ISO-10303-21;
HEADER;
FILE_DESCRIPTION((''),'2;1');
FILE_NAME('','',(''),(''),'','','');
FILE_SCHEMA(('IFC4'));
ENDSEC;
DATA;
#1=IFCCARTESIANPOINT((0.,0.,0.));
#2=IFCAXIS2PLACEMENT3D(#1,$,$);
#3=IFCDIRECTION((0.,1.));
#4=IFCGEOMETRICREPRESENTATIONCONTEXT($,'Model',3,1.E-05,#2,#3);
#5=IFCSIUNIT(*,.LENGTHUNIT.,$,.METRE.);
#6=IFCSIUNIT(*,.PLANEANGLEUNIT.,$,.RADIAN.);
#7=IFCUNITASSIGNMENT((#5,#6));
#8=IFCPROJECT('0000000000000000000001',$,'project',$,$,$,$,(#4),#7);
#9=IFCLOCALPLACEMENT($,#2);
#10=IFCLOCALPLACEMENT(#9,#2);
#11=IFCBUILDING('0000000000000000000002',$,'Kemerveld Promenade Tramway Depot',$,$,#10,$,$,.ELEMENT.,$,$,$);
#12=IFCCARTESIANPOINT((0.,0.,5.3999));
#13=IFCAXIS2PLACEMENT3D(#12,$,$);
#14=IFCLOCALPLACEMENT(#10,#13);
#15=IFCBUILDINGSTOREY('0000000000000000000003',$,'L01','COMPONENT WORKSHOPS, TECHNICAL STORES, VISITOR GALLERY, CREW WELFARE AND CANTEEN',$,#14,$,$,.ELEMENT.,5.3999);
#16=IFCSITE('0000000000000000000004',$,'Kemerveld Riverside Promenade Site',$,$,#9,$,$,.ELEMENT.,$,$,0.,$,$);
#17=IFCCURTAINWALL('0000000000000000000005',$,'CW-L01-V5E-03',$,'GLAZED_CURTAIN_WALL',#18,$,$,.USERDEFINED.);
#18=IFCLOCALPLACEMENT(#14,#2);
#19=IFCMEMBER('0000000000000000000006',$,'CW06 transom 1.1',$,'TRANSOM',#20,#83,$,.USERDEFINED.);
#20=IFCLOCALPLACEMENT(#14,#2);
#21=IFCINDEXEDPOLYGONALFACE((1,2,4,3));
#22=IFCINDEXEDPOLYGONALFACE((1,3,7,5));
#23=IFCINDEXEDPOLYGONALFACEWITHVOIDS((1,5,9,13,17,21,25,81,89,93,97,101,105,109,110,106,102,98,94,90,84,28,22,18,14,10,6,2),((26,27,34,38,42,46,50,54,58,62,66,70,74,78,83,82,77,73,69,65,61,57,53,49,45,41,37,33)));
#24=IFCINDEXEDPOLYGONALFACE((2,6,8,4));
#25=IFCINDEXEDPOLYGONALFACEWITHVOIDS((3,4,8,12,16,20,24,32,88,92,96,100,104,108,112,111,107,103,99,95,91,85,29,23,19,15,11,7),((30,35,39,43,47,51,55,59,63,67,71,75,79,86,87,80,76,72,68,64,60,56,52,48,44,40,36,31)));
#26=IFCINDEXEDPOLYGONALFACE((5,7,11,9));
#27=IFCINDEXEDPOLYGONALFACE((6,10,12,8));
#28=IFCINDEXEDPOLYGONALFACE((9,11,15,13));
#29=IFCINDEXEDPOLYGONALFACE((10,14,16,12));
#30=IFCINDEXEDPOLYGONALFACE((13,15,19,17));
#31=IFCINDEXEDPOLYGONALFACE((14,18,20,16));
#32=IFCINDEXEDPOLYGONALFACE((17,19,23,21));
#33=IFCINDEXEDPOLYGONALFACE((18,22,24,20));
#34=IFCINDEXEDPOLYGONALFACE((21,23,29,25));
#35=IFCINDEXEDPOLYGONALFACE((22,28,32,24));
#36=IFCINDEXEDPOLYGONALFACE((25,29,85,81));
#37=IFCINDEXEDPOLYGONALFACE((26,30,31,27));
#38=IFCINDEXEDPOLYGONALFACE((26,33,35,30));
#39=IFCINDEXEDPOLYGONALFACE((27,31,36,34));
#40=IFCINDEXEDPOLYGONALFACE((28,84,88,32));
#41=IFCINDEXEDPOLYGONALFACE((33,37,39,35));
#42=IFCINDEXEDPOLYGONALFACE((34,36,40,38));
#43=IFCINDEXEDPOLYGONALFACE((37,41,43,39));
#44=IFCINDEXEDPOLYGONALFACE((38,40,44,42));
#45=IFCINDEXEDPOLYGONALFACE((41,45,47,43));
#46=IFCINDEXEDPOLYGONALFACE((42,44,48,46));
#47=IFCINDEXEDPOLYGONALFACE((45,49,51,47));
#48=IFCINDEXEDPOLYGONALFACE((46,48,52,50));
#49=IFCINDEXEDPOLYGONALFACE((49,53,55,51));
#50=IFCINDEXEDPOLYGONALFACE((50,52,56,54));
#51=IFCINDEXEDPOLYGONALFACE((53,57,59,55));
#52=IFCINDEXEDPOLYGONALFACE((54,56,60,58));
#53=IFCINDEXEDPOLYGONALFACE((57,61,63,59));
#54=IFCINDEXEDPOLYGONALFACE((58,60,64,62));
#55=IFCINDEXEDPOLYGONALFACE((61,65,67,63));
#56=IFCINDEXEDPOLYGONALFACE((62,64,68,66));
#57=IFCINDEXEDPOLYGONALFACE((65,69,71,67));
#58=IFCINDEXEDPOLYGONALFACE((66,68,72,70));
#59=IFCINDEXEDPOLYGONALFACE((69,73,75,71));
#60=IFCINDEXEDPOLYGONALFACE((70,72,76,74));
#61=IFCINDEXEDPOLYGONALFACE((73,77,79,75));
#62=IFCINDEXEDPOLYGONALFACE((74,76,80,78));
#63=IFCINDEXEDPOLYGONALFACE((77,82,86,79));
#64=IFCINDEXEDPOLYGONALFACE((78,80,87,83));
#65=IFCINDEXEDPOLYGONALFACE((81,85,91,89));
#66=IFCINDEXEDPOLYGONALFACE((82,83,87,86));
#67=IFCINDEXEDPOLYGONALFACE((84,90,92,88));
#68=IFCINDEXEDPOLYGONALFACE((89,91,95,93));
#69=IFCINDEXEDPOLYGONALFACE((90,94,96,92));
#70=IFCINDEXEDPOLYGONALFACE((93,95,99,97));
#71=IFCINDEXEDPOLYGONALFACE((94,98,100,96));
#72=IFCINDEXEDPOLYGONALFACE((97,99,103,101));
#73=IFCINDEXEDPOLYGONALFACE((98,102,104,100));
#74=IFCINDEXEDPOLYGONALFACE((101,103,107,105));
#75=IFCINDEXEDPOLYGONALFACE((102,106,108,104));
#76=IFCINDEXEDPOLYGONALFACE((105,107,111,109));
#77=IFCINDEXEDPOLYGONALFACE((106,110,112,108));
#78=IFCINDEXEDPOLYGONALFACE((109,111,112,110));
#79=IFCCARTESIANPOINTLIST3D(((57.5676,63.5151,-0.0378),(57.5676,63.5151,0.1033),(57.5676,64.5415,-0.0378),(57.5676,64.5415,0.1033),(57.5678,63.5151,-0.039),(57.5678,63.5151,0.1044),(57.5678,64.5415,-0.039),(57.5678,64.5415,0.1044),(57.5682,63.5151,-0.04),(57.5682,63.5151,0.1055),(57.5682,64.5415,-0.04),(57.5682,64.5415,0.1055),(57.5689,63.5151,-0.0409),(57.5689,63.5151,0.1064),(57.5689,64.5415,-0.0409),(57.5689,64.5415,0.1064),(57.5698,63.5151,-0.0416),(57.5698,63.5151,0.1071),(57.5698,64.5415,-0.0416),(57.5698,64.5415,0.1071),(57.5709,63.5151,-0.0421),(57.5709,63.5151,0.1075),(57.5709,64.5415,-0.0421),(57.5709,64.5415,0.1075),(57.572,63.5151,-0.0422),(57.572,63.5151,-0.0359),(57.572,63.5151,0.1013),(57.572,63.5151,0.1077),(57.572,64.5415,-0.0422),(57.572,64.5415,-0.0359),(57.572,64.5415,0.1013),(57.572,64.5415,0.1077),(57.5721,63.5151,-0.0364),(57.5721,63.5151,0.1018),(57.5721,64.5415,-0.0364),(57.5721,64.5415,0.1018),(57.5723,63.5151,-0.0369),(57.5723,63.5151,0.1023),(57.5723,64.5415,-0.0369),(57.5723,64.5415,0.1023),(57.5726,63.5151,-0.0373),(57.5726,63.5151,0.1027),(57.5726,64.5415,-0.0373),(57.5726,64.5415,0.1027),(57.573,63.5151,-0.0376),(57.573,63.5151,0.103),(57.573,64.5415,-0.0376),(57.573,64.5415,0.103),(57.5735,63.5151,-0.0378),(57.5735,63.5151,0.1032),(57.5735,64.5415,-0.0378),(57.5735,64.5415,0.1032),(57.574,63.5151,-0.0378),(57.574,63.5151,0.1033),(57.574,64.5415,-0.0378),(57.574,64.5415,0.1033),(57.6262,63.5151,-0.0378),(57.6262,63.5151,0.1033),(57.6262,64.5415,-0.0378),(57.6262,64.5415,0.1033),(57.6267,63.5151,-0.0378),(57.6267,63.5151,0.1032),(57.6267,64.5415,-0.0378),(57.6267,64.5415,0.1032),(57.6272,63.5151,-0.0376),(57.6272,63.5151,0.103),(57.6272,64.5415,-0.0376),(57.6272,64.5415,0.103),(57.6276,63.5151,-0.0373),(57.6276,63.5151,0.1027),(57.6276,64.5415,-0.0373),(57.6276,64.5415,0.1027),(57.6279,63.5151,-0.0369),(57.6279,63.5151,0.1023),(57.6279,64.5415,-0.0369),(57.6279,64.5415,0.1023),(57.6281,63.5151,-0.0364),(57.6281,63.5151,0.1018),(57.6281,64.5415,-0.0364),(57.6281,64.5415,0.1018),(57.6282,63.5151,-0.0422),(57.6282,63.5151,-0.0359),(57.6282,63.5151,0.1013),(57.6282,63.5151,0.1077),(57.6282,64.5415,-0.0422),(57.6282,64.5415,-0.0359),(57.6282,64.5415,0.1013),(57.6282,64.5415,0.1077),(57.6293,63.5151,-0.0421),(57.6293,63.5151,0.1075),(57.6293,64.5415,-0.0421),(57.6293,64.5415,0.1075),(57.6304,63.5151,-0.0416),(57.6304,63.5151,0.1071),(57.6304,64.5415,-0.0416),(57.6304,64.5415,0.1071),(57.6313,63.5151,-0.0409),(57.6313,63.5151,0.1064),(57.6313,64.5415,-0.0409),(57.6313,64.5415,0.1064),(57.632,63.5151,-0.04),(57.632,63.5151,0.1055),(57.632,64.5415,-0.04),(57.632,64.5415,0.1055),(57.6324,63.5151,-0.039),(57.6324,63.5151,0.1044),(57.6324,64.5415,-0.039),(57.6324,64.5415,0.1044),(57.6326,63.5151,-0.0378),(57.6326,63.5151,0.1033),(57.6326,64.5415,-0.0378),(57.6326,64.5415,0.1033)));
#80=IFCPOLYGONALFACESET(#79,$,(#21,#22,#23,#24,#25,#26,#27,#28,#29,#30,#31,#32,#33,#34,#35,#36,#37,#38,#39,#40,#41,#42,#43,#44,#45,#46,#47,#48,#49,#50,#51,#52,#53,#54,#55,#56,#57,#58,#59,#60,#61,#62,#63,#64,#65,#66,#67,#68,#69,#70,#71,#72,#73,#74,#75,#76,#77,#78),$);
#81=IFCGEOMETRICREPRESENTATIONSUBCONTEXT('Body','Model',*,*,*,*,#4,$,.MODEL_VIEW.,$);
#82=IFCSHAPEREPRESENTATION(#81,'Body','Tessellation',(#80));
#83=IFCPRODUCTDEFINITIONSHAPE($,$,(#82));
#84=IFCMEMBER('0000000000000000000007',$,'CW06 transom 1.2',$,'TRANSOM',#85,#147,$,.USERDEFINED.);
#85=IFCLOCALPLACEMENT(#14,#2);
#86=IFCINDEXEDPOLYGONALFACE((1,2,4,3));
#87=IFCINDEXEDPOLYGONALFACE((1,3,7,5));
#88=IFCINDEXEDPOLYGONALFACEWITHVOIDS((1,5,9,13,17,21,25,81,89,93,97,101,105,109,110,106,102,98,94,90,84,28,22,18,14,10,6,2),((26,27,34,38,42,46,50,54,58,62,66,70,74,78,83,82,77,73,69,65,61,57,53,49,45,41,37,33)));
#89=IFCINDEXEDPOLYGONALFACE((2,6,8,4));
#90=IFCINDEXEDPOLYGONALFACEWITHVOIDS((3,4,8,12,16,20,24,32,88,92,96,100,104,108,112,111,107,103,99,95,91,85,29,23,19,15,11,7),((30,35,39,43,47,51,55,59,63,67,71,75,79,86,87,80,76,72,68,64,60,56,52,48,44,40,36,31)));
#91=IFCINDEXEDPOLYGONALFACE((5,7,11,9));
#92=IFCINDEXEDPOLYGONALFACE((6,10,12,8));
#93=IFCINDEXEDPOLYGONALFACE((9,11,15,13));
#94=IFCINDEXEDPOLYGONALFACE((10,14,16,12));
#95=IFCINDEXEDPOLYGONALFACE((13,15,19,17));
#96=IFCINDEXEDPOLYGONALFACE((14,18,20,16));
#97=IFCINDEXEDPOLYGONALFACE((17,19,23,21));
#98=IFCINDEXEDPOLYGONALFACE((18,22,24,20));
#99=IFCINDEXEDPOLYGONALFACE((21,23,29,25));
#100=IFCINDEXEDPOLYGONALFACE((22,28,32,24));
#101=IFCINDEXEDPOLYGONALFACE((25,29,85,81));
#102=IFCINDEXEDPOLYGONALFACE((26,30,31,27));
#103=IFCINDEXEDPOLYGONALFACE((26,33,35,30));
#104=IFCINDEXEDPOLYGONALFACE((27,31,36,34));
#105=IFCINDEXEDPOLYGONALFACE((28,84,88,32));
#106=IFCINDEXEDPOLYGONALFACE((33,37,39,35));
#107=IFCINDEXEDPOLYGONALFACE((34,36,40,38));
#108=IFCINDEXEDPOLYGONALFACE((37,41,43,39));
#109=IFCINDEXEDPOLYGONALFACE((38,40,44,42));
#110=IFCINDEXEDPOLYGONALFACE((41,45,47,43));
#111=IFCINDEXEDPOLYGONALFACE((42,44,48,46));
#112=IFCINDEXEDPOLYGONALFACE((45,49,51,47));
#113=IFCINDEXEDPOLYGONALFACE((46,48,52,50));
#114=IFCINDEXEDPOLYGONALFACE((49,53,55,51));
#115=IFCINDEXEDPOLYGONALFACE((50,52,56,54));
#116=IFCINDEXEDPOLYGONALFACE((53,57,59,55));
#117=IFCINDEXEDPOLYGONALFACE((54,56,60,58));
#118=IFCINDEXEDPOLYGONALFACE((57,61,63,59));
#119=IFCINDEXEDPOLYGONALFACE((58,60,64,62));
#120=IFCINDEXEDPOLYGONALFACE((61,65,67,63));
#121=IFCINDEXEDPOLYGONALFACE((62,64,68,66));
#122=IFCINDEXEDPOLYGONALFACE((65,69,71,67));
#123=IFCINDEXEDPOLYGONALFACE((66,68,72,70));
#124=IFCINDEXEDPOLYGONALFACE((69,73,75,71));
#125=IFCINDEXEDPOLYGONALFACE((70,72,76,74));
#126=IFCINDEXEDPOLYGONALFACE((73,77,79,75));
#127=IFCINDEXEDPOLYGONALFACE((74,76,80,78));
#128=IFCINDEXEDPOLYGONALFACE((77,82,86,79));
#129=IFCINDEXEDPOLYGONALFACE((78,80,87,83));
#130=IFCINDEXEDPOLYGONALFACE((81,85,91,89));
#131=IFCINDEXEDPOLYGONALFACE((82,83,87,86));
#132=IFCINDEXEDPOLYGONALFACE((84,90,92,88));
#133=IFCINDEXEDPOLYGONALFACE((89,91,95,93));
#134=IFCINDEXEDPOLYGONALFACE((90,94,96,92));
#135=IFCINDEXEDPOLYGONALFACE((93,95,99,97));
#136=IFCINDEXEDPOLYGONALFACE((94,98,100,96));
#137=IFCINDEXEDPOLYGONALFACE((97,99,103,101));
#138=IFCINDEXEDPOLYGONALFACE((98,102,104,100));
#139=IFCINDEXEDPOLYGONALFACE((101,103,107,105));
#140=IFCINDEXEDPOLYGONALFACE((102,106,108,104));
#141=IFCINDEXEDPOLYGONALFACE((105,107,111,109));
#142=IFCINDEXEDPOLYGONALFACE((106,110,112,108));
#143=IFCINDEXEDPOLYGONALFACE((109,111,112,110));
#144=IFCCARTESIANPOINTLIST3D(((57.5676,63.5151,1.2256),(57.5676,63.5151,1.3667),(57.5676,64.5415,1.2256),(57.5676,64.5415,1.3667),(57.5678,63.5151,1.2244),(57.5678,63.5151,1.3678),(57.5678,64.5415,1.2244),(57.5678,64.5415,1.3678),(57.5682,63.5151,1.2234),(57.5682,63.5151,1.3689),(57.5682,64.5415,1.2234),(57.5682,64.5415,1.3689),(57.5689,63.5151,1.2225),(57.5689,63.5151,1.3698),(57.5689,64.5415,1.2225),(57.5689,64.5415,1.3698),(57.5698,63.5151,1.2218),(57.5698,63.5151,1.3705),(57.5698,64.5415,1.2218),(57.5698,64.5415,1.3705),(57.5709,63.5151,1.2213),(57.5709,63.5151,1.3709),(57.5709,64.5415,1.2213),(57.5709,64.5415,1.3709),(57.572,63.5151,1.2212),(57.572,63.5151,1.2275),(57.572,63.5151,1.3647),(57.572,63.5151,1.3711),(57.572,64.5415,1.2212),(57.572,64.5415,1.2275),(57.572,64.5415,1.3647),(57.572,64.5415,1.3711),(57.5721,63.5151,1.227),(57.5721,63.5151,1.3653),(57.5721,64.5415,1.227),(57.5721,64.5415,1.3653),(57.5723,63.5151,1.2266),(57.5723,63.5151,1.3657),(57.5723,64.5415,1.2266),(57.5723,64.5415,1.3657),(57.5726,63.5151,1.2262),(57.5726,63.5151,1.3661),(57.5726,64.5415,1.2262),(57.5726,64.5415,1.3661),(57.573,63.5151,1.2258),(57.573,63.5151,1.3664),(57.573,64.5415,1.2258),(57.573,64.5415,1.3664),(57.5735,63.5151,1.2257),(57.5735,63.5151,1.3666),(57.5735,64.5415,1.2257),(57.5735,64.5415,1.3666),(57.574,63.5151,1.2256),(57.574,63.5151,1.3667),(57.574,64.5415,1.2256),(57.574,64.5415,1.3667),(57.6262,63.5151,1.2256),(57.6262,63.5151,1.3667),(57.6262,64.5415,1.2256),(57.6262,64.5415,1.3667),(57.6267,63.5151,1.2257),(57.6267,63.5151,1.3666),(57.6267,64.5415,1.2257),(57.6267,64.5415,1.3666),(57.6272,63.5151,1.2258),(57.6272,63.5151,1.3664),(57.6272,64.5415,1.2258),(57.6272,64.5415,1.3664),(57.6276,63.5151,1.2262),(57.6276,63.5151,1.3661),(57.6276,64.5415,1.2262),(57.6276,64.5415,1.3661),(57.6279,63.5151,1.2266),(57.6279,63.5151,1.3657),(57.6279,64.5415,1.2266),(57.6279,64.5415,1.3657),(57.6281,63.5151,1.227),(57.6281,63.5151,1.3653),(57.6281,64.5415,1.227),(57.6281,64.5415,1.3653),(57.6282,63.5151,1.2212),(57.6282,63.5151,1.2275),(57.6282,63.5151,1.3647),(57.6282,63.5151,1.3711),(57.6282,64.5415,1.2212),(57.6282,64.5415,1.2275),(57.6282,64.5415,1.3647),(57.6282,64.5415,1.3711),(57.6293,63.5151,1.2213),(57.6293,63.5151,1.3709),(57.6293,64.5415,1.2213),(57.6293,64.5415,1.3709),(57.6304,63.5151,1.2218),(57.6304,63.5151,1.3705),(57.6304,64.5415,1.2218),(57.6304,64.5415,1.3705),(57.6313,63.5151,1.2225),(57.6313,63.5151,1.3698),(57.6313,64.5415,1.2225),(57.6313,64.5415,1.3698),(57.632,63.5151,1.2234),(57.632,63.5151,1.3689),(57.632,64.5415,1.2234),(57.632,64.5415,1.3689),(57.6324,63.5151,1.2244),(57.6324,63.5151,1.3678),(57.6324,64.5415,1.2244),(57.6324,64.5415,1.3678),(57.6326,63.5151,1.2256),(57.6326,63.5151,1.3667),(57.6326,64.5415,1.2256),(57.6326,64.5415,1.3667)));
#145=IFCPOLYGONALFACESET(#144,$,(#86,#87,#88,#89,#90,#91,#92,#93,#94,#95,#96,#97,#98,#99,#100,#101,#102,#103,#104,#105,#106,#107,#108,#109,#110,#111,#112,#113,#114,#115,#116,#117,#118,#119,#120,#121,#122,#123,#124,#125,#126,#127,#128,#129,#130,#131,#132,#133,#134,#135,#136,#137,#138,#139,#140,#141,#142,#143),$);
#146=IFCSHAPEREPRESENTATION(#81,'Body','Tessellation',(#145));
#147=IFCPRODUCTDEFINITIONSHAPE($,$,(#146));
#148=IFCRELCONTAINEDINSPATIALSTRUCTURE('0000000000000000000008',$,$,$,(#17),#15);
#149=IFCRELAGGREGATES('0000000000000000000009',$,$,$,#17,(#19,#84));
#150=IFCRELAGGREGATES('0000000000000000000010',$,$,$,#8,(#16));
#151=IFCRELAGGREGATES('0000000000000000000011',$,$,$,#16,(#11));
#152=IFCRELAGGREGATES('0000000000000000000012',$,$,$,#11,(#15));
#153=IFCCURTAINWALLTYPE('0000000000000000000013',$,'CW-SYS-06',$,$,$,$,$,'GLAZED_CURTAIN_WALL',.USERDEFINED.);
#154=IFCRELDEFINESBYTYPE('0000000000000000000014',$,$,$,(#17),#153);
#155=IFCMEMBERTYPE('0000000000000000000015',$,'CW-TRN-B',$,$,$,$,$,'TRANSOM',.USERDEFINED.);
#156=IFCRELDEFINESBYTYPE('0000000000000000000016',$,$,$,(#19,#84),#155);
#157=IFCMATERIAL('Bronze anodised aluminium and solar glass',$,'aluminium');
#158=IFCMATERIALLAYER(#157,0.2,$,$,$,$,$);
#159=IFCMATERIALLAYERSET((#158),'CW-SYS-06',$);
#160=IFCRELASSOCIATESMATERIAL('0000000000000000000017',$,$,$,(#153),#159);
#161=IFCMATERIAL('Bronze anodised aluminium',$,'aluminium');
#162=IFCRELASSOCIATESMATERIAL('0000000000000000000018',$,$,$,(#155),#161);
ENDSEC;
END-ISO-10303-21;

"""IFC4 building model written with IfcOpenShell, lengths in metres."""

from ifc_helpers import new_model, si_unit, direction, frame, origin, origin_2d, place, context, subcontext, project, spatial, hollow_rectangle, extrude, material, layer, layer_set, material_profile, profile_set, type_object, element, aggregate, save


model = new_model("IFC4")

# Units and contexts
model_context = context("Model", 3, precision=1e-05, world=origin(), true_north=direction((0.0, 1.0)))
body_context = subcontext(model_context, "Body", "Model", "MODEL_VIEW")
ifc_project = project(units=[si_unit("LENGTHUNIT", "METRE"), si_unit("PLANEANGLEUNIT", "RADIAN")], contexts=[model_context])

# Site, building, storey
site_placement = place(None, origin())
site = spatial("IfcSite", under=ifc_project, at=site_placement, Name="Kemerveld Riverside Promenade Site", CompositionType="ELEMENT", RefElevation=0.0)
building_placement = place(site_placement, origin())
building = spatial("IfcBuilding", under=site, at=building_placement, Name="Kemerveld Promenade Tramway Depot", CompositionType="ELEMENT")
storey_placement = place(building_placement, frame((0.0, 0.0, 5.3999)))
storey = spatial("IfcBuildingStorey", under=building, at=storey_placement, Name="L01", Description="COMPONENT WORKSHOPS, TECHNICAL STORES, VISITOR GALLERY, CREW WELFARE AND CANTEEN", CompositionType="ELEMENT", Elevation=5.3999)

# Shared definitions
ifc_material_1 = material(Name="Bronze anodised aluminium and solar glass", Category="aluminium")
ifc_material_2 = material(Name="Bronze anodised aluminium", Category="aluminium")

# Curtain wall
ifc_layer_1 = layer(ifc_material_1, 0.2)
ifc_layer_set_1 = layer_set([ifc_layer_1], Name="CW-SYS-06")
curtain_wall_type_1 = type_object("IfcCurtainWallType", Name="CW-SYS-06", ElementType="GLAZED_CURTAIN_WALL", PredefinedType="USERDEFINED", material=ifc_layer_set_1)
curtain_wall_1_placement = place(storey_placement, origin())
curtain_wall_1 = element("IfcCurtainWall", 1, at=curtain_wall_1_placement, inside=storey, type_object=curtain_wall_type_1, Name="CW-L01-V5E-03", ObjectType="GLAZED_CURTAIN_WALL", PredefinedType="USERDEFINED")

# Members
ifc_material_profile_1 = material_profile(ifc_material_2, hollow_rectangle(XDim=0.0649, YDim=0.1499, WallThickness=0.0044, InnerFilletRadius=0.002, OuterFilletRadius=0.0044, at=origin_2d()), Name="CW-TRN-150x65")
ifc_profile_set_1 = profile_set([ifc_material_profile_1], Name="Bronze anodised aluminium")
member_type_1 = type_object("IfcMemberType", Name="CW-TRN-B", ElementType="TRANSOM", PredefinedType="USERDEFINED", material=ifc_profile_set_1)
member_1_placement = place(storey_placement, frame((57.6001, 64.5415, 0.0327), z_axis=(0.0, -1.0, 0.0), x_axis=(1.0, 0.0, 0.0)))
member_1 = element("IfcMember", 2, at=member_1_placement, type_object=member_type_1, Name="CW06 transom 1.1", ObjectType="TRANSOM", PredefinedType="USERDEFINED", context=body_context, shape_type="SweptSolid", body=[
    extrude(hollow_rectangle(XDim=0.0649, YDim=0.1499, WallThickness=0.0044, InnerFilletRadius=0.002, OuterFilletRadius=0.0044, at=origin_2d()), origin(), (0.0, 0.0, 1.0), 1.0264),
])
member_2_placement = place(storey_placement, frame((57.6001, 64.5415, 1.2961), z_axis=(0.0, -1.0, 0.0), x_axis=(1.0, 0.0, 0.0)))
member_2 = element("IfcMember", 3, at=member_2_placement, type_object=member_type_1, Name="CW06 transom 1.2", ObjectType="TRANSOM", PredefinedType="USERDEFINED", context=body_context, shape_type="SweptSolid", body=[
    extrude(hollow_rectangle(XDim=0.0649, YDim=0.1499, WallThickness=0.0044, InnerFilletRadius=0.002, OuterFilletRadius=0.0044, at=origin_2d()), origin(), (0.0, 0.0, 1.0), 1.0264),
])

aggregate(curtain_wall_1, [member_1, member_2])

save(model, "model.ifc")
